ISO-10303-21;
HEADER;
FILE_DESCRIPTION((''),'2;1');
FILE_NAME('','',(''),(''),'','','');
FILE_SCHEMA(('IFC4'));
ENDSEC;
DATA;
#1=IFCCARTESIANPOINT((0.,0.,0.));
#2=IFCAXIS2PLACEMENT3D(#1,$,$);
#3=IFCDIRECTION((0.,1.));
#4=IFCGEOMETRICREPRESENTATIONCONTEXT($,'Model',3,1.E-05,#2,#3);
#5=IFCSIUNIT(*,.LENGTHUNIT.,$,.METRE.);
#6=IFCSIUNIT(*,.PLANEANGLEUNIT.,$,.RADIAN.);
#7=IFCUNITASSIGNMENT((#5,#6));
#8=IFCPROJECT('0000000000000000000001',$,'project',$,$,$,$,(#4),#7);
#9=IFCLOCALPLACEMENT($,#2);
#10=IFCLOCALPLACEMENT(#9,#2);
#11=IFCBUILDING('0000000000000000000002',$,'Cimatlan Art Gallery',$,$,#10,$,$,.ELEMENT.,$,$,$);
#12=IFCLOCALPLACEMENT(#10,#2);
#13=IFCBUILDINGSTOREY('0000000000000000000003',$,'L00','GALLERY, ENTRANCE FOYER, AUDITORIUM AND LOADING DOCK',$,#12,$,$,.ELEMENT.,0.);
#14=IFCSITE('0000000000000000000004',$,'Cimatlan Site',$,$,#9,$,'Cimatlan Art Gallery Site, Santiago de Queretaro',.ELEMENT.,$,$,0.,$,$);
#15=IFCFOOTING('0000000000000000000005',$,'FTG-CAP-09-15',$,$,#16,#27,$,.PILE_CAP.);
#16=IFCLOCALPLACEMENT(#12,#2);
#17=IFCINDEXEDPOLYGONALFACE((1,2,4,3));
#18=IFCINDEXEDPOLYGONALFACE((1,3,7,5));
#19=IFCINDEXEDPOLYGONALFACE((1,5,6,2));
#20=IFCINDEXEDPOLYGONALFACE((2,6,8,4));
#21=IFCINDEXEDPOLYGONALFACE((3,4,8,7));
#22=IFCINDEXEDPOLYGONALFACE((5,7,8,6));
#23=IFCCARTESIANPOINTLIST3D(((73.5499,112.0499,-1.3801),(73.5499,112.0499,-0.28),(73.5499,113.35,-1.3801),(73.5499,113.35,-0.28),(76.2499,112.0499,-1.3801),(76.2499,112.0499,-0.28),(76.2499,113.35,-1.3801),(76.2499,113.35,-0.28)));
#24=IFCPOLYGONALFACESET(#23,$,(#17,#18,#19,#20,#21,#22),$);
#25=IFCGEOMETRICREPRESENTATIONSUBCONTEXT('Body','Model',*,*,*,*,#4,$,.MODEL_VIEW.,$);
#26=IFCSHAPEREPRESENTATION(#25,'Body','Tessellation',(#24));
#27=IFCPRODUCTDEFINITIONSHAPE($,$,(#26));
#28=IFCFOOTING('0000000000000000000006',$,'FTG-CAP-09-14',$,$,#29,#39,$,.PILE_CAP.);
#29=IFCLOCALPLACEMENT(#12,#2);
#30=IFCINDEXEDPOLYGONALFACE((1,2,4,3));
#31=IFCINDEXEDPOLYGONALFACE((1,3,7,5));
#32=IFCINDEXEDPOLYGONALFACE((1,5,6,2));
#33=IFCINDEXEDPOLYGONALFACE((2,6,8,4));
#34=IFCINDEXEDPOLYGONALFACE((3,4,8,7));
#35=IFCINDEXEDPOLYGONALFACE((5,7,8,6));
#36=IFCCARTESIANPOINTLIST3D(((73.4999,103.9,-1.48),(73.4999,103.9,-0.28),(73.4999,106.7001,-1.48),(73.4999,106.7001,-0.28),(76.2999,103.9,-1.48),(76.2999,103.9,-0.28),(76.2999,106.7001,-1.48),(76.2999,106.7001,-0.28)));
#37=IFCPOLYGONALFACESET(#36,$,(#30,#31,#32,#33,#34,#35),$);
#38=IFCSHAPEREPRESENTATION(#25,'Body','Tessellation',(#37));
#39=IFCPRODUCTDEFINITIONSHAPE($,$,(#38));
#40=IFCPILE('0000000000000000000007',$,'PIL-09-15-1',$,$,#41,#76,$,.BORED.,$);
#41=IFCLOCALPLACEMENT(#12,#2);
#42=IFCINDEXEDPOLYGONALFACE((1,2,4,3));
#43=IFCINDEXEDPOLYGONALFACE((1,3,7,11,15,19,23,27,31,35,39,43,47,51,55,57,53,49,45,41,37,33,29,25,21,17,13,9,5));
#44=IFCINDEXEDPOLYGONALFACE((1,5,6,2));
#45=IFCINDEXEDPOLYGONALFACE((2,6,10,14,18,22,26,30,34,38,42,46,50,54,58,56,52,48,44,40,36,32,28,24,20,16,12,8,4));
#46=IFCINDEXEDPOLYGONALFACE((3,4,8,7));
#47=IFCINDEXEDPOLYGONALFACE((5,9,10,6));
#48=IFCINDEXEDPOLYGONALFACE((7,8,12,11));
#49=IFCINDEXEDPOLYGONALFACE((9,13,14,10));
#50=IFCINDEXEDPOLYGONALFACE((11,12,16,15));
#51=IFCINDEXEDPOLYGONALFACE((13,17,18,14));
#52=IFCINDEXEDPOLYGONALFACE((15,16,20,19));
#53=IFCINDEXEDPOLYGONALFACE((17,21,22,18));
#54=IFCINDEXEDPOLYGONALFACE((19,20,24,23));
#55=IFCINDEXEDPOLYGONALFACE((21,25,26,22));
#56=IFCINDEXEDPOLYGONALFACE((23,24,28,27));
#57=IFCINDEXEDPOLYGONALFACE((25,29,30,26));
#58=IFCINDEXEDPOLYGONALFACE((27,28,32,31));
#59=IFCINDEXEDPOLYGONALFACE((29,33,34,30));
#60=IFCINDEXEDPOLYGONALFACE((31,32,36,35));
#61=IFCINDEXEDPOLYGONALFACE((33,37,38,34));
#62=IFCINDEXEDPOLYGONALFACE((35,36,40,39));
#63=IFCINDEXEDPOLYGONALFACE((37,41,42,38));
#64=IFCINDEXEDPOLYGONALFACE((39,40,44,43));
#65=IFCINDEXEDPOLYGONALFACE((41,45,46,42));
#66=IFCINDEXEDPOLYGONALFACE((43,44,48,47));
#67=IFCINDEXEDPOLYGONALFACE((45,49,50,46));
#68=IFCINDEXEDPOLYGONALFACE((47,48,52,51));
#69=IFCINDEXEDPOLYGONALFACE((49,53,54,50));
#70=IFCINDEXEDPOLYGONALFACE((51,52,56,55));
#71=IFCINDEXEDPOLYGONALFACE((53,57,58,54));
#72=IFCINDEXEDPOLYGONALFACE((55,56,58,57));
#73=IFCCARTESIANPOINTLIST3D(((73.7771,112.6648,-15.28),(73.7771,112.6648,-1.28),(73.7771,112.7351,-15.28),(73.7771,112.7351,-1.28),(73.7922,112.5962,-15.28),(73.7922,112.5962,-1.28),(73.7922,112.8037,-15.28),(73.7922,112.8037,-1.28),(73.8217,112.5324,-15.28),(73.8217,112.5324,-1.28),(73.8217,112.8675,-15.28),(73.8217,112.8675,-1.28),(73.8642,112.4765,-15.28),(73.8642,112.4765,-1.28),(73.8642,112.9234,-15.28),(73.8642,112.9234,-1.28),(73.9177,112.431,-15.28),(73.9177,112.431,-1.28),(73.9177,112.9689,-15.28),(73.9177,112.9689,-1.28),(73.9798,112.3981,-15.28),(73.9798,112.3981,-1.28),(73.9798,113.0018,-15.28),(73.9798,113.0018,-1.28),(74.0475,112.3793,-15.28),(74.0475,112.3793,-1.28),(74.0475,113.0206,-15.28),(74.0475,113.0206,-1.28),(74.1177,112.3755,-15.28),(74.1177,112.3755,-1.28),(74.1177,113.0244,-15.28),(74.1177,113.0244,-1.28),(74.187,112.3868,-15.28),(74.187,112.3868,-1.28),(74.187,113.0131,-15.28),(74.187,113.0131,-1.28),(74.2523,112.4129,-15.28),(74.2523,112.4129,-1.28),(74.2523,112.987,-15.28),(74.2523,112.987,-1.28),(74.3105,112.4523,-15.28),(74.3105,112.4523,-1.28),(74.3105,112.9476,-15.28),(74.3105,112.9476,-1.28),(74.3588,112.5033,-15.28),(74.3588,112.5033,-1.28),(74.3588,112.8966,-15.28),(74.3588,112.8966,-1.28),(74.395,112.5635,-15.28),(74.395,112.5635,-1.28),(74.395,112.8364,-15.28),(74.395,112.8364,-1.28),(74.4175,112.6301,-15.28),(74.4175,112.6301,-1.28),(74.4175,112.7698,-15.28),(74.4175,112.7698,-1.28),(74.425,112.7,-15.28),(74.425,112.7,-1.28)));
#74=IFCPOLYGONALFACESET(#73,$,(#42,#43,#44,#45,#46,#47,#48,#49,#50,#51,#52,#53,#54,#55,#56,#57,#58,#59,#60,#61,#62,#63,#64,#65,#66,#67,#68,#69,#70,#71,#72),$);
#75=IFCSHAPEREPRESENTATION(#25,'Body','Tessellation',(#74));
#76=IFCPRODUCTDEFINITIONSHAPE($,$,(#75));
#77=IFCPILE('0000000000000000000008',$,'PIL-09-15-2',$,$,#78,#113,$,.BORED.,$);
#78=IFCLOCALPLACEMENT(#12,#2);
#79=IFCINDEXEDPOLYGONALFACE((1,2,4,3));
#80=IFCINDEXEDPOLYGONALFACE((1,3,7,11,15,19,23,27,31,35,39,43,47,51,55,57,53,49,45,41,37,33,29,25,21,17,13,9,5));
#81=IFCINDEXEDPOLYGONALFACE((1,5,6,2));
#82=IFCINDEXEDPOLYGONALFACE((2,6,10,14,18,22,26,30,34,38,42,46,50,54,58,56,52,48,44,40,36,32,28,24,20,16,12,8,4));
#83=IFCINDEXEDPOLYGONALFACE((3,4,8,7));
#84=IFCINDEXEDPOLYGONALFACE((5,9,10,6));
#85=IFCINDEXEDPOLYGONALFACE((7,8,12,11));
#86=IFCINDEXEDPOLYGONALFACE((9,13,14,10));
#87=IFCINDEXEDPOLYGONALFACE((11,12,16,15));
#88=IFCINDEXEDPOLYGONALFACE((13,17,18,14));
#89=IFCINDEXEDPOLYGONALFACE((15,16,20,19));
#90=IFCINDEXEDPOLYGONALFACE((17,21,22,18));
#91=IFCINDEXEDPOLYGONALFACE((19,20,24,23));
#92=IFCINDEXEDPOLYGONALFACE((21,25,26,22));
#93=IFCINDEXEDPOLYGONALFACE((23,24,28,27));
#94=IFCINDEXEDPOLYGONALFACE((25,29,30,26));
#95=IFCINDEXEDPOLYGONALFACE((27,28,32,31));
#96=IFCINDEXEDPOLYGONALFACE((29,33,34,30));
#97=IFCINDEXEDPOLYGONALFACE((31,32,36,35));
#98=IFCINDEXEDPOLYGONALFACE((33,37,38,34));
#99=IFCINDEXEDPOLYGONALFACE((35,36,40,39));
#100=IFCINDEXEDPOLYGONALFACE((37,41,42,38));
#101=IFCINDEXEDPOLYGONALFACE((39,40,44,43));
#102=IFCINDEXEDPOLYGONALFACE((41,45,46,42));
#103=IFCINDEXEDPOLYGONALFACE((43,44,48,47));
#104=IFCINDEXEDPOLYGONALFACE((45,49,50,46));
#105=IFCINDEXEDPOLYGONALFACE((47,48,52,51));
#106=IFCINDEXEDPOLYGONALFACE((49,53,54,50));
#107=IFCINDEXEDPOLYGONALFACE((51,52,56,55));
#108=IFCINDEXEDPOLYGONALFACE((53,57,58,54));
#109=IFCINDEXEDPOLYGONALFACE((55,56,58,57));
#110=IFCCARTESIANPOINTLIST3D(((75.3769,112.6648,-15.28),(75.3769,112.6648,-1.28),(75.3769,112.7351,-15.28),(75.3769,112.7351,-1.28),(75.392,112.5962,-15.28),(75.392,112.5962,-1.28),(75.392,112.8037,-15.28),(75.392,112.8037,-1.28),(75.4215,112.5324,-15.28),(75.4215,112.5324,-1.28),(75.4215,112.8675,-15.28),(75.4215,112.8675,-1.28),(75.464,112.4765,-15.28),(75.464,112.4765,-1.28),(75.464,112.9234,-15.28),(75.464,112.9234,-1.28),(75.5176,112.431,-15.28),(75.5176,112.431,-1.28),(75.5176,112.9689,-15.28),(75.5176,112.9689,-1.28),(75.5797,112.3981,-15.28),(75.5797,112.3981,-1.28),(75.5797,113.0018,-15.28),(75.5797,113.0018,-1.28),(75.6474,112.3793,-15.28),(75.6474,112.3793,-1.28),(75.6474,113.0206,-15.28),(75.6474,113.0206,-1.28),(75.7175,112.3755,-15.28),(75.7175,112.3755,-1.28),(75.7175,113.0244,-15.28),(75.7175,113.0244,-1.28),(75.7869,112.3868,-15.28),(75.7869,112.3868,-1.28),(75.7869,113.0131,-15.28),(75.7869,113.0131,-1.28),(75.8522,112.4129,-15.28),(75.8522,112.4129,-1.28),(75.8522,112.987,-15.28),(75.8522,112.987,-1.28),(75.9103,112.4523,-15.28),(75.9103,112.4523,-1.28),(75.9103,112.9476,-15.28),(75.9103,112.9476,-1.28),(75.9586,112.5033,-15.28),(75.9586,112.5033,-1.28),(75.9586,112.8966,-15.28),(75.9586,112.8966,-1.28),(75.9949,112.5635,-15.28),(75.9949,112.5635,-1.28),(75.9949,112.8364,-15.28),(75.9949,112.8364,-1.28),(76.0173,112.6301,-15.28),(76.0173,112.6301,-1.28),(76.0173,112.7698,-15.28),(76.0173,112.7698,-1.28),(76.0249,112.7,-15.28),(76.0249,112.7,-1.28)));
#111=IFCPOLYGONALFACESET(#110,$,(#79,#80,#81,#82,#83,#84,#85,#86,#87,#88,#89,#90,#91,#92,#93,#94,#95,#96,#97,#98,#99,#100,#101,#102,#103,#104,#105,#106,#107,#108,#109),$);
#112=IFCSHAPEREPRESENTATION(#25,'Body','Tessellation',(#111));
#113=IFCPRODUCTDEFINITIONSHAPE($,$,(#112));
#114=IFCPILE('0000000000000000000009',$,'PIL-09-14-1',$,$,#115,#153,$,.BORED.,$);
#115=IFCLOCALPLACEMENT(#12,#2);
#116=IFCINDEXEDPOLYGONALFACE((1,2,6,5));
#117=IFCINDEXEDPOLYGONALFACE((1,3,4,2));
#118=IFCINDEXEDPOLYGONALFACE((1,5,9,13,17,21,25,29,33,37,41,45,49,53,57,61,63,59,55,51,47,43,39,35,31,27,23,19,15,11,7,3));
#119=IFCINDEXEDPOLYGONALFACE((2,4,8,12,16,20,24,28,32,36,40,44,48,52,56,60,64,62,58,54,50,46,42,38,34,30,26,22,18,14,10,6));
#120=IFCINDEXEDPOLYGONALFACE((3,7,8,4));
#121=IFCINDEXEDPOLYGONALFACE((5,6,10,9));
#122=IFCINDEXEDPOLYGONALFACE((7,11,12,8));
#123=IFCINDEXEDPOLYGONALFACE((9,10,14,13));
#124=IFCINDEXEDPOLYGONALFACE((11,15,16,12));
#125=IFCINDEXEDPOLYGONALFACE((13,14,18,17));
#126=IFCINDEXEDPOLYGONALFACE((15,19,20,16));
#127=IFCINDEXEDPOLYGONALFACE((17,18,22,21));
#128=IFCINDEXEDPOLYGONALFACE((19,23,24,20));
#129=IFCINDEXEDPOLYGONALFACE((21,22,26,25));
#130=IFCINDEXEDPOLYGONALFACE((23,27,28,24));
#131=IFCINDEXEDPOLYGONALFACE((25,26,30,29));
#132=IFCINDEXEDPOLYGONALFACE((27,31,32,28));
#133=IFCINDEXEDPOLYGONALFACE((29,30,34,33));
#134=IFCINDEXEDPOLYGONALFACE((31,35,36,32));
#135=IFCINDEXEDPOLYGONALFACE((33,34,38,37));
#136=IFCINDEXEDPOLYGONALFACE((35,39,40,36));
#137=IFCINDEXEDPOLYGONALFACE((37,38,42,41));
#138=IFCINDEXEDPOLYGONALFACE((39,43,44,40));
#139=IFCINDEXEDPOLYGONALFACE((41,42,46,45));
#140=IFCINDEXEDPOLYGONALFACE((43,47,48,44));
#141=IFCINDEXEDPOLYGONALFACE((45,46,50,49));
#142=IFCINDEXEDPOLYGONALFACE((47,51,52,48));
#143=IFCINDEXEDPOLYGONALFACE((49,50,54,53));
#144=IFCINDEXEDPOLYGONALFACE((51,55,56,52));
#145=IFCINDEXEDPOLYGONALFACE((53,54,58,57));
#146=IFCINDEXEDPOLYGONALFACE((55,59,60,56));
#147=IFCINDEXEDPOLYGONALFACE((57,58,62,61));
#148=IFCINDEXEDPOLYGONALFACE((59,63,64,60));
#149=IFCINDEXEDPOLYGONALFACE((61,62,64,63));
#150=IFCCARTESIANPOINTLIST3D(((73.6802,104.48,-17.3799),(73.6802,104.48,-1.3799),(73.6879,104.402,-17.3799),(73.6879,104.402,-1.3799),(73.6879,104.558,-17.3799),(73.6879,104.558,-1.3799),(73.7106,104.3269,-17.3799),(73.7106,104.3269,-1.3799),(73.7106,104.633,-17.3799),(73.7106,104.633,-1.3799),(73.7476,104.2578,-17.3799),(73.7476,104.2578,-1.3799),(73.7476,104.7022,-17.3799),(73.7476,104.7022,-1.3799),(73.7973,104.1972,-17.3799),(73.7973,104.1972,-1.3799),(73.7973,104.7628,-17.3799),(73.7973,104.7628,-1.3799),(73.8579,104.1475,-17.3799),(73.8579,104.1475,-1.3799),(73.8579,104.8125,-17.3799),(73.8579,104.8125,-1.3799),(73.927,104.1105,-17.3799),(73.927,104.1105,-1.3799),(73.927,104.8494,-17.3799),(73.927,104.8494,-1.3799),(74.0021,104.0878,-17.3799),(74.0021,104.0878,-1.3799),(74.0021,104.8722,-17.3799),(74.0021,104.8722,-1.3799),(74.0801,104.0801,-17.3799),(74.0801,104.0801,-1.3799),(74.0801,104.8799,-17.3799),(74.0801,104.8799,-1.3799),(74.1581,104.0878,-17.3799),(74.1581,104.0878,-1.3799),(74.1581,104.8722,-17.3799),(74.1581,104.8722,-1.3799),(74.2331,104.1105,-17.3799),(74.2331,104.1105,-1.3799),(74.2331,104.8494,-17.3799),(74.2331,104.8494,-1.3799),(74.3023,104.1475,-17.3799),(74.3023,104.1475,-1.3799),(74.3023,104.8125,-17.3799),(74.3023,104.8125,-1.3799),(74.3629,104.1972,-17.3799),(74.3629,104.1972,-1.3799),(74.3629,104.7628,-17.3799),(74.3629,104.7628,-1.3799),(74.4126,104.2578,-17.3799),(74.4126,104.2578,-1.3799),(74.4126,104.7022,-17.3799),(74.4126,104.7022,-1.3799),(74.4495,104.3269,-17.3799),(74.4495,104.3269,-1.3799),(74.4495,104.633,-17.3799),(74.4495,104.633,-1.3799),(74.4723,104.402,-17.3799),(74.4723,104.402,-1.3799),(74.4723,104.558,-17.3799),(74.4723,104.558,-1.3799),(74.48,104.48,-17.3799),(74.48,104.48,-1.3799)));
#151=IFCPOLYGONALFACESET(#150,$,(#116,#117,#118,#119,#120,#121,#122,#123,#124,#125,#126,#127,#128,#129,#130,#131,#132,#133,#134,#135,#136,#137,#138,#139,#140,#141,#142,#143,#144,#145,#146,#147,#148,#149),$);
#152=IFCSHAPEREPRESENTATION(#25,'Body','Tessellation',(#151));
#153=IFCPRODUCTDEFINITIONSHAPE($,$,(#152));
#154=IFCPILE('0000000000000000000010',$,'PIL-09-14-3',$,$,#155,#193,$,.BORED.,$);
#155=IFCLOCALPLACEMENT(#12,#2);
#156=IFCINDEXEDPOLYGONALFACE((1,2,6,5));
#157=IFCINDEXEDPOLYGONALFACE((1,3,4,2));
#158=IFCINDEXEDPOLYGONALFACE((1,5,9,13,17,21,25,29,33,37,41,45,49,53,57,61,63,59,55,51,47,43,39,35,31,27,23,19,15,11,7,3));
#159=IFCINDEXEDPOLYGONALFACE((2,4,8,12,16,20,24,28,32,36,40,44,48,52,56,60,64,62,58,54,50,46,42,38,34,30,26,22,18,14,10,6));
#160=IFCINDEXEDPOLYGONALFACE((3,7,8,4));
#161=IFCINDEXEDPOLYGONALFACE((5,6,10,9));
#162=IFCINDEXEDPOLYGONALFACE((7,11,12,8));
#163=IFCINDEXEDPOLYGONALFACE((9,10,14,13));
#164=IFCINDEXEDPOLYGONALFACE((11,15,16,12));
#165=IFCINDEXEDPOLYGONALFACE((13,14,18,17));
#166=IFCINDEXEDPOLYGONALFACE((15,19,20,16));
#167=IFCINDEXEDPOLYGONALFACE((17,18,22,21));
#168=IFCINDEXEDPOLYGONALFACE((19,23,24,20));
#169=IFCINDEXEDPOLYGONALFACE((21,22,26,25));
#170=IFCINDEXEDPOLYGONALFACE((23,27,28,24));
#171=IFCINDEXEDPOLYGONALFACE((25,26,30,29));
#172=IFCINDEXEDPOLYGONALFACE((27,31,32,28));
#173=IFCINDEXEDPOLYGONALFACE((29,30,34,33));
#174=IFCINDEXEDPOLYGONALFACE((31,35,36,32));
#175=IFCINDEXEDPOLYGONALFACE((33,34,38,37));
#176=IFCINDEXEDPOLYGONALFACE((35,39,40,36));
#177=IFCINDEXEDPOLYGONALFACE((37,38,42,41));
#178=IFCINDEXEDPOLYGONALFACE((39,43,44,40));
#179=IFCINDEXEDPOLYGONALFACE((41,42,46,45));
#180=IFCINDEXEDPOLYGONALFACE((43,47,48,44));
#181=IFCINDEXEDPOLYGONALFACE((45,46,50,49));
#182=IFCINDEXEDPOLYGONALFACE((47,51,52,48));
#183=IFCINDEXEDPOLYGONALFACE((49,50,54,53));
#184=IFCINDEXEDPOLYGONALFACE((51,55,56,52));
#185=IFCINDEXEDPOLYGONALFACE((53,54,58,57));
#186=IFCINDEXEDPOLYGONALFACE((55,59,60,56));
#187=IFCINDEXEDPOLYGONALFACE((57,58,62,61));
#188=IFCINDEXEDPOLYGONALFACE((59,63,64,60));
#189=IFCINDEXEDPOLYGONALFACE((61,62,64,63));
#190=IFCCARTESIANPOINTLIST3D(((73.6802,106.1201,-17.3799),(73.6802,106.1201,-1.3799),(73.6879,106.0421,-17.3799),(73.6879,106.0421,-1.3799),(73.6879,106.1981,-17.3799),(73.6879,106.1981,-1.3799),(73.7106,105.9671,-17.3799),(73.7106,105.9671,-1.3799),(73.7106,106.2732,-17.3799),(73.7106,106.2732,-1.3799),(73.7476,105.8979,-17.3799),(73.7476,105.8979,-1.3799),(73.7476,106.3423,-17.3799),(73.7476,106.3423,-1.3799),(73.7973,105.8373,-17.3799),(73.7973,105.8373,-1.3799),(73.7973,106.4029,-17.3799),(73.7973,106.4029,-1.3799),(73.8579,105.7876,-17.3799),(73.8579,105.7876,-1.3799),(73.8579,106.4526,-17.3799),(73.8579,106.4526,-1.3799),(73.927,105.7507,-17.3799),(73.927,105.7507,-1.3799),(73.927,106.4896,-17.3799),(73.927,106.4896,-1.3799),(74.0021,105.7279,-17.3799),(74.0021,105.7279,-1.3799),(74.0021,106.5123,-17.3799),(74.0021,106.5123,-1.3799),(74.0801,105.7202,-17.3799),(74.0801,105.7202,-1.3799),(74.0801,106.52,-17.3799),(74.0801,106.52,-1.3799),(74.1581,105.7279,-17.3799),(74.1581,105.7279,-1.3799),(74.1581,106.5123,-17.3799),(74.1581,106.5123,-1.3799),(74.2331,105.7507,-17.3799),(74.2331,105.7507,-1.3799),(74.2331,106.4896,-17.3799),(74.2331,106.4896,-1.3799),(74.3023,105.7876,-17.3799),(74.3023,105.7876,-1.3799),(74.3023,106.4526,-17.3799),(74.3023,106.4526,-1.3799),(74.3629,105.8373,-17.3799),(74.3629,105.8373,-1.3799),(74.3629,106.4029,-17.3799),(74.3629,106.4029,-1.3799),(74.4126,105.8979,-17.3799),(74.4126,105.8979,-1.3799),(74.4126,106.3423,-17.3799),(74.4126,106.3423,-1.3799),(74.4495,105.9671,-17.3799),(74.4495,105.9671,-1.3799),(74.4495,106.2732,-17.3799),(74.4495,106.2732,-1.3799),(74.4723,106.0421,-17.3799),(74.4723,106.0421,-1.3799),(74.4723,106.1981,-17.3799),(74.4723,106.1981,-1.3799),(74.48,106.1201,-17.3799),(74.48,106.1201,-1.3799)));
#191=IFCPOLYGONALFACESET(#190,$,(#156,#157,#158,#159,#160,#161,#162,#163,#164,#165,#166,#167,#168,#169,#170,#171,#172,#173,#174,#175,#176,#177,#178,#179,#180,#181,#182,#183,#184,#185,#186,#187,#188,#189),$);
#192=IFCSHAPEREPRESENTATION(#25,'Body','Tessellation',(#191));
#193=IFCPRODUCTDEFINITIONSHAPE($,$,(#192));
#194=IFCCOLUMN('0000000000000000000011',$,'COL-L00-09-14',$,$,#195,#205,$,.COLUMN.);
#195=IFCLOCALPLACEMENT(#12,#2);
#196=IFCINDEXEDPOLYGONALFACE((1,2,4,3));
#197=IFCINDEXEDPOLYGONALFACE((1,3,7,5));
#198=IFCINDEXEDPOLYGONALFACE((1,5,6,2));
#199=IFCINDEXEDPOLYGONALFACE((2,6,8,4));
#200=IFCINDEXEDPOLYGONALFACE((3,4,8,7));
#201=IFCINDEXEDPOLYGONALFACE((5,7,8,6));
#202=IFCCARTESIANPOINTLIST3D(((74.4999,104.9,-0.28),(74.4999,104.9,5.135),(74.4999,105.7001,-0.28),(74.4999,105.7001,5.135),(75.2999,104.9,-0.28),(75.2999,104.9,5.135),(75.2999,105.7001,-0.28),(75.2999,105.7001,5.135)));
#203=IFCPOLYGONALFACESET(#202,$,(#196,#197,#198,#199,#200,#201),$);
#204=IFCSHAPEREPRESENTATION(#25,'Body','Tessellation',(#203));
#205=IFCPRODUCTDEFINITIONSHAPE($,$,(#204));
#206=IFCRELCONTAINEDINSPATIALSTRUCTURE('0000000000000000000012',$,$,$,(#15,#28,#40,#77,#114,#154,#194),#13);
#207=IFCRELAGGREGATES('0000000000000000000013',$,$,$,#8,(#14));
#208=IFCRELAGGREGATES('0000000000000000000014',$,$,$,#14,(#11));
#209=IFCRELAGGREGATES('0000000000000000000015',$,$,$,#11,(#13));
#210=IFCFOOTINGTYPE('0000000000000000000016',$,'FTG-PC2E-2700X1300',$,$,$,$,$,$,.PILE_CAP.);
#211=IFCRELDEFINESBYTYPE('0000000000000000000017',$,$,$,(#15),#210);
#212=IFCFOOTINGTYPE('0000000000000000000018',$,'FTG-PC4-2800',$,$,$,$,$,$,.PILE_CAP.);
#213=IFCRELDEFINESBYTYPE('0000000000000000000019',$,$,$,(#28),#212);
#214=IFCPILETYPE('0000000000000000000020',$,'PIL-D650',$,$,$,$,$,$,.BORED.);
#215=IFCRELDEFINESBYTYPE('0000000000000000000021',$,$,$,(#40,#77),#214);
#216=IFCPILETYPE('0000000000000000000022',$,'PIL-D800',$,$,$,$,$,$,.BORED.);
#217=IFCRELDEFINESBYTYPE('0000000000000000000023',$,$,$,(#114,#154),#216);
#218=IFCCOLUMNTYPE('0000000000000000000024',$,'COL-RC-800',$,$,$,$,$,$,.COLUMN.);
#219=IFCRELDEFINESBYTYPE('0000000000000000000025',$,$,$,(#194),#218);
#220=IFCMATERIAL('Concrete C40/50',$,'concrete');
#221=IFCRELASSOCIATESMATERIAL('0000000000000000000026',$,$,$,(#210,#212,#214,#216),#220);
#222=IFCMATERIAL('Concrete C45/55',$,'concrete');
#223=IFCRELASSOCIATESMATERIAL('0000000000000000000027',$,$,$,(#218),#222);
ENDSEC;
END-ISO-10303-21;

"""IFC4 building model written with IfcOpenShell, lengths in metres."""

from ifc_helpers import new_model, si_unit, direction, frame, origin, origin_2d, place, context, subcontext, project, spatial, rectangle, circle, extrude, material, material_profile, profile_set, type_object, element, save


model = new_model("IFC4")

# Units and contexts
model_context = context("Model", 3, precision=1e-05, world=origin(), true_north=direction((0.0, 1.0)))
body_context = subcontext(model_context, "Body", "Model", "MODEL_VIEW")
ifc_project = project(units=[si_unit("LENGTHUNIT", "METRE"), si_unit("PLANEANGLEUNIT", "RADIAN")], contexts=[model_context])

# Site, building, storey
site_placement = place(None, origin())
site = spatial("IfcSite", under=ifc_project, at=site_placement, Name="Cimatlan Site", LongName="Cimatlan Art Gallery Site, Santiago de Queretaro", CompositionType="ELEMENT", RefElevation=0.0)
building_placement = place(site_placement, origin())
building = spatial("IfcBuilding", under=site, at=building_placement, Name="Cimatlan Art Gallery", CompositionType="ELEMENT")
storey_placement = place(building_placement, origin())
storey = spatial("IfcBuildingStorey", under=building, at=storey_placement, Name="L00", Description="GALLERY, ENTRANCE FOYER, AUDITORIUM AND LOADING DOCK", CompositionType="ELEMENT", Elevation=0.0)

# Footings
ifc_material_1 = material(Name="Concrete C40/50", Category="concrete")
footing_type_1 = type_object("IfcFootingType", Name="FTG-PC2E-2700X1300", PredefinedType="PILE_CAP", material=ifc_material_1)
footing_1_placement = place(storey_placement, frame((74.8999, 112.7, -1.3801), z_axis=(0.0, 0.0, 1.0), x_axis=(1.0, 0.0, 0.0)))
element("IfcFooting", 1, at=footing_1_placement, inside=storey, type_object=footing_type_1, Name="FTG-CAP-09-15", PredefinedType="PILE_CAP", context=body_context, shape_type="SweptSolid", body=[
    extrude(rectangle(XDim=2.7, YDim=1.3, at=origin_2d()), origin(), (0.0, 0.0, 1.0), 1.1001),
])
footing_type_2 = type_object("IfcFootingType", Name="FTG-PC4-2800", PredefinedType="PILE_CAP", material=ifc_material_1)
footing_2_placement = place(storey_placement, frame((74.8999, 105.3, -1.48), z_axis=(0.0, 0.0, 1.0), x_axis=(1.0, 0.0, 0.0)))
element("IfcFooting", 2, at=footing_2_placement, inside=storey, type_object=footing_type_2, Name="FTG-CAP-09-14", PredefinedType="PILE_CAP", context=body_context, shape_type="SweptSolid", body=[
    extrude(rectangle(XDim=2.8, YDim=2.8, at=origin_2d()), origin(), (0.0, 0.0, 1.0), 1.2),
])

# Piles
pile_type_1 = type_object("IfcPileType", Name="PIL-D650", PredefinedType="BORED", material=ifc_material_1)
for number, where, z_axis, x_axis, name in (
    (3, (74.1001, 112.7, -1.28), (0.0, 0.0, -1.0), (1.0, 0.0, 0.0), "PIL-09-15-1"),
    (4, (75.7, 112.7, -1.28), (0.0, 0.0, -1.0), (1.0, 0.0, 0.0), "PIL-09-15-2"),
):
    element("IfcPile", number, at=place(storey_placement, frame(where, z_axis=z_axis, x_axis=x_axis)), inside=storey, type_object=pile_type_1, Name=name, PredefinedType="BORED", context=body_context, shape_type="SweptSolid", body=[
        extrude(circle(Radius=0.325, at=origin_2d()), origin(), (0.0, 0.0, 1.0), 14.0),
    ])
pile_type_2 = type_object("IfcPileType", Name="PIL-D800", PredefinedType="BORED", material=ifc_material_1)
for number, where, z_axis, x_axis, name in (
    (5, (74.0801, 104.48, -1.3799), (0.0, 0.0, -1.0), (1.0, 0.0, 0.0), "PIL-09-14-1"),
    (6, (74.0801, 106.1201, -1.3799), (0.0, 0.0, -1.0), (1.0, 0.0, 0.0), "PIL-09-14-3"),
):
    element("IfcPile", number, at=place(storey_placement, frame(where, z_axis=z_axis, x_axis=x_axis)), inside=storey, type_object=pile_type_2, Name=name, PredefinedType="BORED", context=body_context, shape_type="SweptSolid", body=[
        extrude(circle(Radius=0.3999, at=origin_2d()), origin(), (0.0, 0.0, 1.0), 16.0),
    ])

# Column
ifc_material_2 = material(Name="Concrete C45/55", Category="concrete")
ifc_material_profile_1 = material_profile(ifc_material_2, rectangle(XDim=0.8, YDim=0.8, at=origin_2d()), Name="RC800X800")
ifc_profile_set_1 = profile_set([ifc_material_profile_1], Name="Concrete C45/55")
column_type = type_object("IfcColumnType", Name="COL-RC-800", PredefinedType="COLUMN", material=ifc_profile_set_1)
column_placement = place(storey_placement, frame((74.8999, 105.3, -0.28), z_axis=(0.0, 0.0, 1.0), x_axis=(1.0, 0.0, 0.0)))
element("IfcColumn", 7, at=column_placement, inside=storey, type_object=column_type, Name="COL-L00-09-14", PredefinedType="COLUMN", context=body_context, shape_type="SweptSolid", body=[
    extrude(rectangle(XDim=0.8, YDim=0.8, at=origin_2d()), origin(), (0.0, 0.0, 1.0), 5.415),
])

save(model, "model.ifc")
